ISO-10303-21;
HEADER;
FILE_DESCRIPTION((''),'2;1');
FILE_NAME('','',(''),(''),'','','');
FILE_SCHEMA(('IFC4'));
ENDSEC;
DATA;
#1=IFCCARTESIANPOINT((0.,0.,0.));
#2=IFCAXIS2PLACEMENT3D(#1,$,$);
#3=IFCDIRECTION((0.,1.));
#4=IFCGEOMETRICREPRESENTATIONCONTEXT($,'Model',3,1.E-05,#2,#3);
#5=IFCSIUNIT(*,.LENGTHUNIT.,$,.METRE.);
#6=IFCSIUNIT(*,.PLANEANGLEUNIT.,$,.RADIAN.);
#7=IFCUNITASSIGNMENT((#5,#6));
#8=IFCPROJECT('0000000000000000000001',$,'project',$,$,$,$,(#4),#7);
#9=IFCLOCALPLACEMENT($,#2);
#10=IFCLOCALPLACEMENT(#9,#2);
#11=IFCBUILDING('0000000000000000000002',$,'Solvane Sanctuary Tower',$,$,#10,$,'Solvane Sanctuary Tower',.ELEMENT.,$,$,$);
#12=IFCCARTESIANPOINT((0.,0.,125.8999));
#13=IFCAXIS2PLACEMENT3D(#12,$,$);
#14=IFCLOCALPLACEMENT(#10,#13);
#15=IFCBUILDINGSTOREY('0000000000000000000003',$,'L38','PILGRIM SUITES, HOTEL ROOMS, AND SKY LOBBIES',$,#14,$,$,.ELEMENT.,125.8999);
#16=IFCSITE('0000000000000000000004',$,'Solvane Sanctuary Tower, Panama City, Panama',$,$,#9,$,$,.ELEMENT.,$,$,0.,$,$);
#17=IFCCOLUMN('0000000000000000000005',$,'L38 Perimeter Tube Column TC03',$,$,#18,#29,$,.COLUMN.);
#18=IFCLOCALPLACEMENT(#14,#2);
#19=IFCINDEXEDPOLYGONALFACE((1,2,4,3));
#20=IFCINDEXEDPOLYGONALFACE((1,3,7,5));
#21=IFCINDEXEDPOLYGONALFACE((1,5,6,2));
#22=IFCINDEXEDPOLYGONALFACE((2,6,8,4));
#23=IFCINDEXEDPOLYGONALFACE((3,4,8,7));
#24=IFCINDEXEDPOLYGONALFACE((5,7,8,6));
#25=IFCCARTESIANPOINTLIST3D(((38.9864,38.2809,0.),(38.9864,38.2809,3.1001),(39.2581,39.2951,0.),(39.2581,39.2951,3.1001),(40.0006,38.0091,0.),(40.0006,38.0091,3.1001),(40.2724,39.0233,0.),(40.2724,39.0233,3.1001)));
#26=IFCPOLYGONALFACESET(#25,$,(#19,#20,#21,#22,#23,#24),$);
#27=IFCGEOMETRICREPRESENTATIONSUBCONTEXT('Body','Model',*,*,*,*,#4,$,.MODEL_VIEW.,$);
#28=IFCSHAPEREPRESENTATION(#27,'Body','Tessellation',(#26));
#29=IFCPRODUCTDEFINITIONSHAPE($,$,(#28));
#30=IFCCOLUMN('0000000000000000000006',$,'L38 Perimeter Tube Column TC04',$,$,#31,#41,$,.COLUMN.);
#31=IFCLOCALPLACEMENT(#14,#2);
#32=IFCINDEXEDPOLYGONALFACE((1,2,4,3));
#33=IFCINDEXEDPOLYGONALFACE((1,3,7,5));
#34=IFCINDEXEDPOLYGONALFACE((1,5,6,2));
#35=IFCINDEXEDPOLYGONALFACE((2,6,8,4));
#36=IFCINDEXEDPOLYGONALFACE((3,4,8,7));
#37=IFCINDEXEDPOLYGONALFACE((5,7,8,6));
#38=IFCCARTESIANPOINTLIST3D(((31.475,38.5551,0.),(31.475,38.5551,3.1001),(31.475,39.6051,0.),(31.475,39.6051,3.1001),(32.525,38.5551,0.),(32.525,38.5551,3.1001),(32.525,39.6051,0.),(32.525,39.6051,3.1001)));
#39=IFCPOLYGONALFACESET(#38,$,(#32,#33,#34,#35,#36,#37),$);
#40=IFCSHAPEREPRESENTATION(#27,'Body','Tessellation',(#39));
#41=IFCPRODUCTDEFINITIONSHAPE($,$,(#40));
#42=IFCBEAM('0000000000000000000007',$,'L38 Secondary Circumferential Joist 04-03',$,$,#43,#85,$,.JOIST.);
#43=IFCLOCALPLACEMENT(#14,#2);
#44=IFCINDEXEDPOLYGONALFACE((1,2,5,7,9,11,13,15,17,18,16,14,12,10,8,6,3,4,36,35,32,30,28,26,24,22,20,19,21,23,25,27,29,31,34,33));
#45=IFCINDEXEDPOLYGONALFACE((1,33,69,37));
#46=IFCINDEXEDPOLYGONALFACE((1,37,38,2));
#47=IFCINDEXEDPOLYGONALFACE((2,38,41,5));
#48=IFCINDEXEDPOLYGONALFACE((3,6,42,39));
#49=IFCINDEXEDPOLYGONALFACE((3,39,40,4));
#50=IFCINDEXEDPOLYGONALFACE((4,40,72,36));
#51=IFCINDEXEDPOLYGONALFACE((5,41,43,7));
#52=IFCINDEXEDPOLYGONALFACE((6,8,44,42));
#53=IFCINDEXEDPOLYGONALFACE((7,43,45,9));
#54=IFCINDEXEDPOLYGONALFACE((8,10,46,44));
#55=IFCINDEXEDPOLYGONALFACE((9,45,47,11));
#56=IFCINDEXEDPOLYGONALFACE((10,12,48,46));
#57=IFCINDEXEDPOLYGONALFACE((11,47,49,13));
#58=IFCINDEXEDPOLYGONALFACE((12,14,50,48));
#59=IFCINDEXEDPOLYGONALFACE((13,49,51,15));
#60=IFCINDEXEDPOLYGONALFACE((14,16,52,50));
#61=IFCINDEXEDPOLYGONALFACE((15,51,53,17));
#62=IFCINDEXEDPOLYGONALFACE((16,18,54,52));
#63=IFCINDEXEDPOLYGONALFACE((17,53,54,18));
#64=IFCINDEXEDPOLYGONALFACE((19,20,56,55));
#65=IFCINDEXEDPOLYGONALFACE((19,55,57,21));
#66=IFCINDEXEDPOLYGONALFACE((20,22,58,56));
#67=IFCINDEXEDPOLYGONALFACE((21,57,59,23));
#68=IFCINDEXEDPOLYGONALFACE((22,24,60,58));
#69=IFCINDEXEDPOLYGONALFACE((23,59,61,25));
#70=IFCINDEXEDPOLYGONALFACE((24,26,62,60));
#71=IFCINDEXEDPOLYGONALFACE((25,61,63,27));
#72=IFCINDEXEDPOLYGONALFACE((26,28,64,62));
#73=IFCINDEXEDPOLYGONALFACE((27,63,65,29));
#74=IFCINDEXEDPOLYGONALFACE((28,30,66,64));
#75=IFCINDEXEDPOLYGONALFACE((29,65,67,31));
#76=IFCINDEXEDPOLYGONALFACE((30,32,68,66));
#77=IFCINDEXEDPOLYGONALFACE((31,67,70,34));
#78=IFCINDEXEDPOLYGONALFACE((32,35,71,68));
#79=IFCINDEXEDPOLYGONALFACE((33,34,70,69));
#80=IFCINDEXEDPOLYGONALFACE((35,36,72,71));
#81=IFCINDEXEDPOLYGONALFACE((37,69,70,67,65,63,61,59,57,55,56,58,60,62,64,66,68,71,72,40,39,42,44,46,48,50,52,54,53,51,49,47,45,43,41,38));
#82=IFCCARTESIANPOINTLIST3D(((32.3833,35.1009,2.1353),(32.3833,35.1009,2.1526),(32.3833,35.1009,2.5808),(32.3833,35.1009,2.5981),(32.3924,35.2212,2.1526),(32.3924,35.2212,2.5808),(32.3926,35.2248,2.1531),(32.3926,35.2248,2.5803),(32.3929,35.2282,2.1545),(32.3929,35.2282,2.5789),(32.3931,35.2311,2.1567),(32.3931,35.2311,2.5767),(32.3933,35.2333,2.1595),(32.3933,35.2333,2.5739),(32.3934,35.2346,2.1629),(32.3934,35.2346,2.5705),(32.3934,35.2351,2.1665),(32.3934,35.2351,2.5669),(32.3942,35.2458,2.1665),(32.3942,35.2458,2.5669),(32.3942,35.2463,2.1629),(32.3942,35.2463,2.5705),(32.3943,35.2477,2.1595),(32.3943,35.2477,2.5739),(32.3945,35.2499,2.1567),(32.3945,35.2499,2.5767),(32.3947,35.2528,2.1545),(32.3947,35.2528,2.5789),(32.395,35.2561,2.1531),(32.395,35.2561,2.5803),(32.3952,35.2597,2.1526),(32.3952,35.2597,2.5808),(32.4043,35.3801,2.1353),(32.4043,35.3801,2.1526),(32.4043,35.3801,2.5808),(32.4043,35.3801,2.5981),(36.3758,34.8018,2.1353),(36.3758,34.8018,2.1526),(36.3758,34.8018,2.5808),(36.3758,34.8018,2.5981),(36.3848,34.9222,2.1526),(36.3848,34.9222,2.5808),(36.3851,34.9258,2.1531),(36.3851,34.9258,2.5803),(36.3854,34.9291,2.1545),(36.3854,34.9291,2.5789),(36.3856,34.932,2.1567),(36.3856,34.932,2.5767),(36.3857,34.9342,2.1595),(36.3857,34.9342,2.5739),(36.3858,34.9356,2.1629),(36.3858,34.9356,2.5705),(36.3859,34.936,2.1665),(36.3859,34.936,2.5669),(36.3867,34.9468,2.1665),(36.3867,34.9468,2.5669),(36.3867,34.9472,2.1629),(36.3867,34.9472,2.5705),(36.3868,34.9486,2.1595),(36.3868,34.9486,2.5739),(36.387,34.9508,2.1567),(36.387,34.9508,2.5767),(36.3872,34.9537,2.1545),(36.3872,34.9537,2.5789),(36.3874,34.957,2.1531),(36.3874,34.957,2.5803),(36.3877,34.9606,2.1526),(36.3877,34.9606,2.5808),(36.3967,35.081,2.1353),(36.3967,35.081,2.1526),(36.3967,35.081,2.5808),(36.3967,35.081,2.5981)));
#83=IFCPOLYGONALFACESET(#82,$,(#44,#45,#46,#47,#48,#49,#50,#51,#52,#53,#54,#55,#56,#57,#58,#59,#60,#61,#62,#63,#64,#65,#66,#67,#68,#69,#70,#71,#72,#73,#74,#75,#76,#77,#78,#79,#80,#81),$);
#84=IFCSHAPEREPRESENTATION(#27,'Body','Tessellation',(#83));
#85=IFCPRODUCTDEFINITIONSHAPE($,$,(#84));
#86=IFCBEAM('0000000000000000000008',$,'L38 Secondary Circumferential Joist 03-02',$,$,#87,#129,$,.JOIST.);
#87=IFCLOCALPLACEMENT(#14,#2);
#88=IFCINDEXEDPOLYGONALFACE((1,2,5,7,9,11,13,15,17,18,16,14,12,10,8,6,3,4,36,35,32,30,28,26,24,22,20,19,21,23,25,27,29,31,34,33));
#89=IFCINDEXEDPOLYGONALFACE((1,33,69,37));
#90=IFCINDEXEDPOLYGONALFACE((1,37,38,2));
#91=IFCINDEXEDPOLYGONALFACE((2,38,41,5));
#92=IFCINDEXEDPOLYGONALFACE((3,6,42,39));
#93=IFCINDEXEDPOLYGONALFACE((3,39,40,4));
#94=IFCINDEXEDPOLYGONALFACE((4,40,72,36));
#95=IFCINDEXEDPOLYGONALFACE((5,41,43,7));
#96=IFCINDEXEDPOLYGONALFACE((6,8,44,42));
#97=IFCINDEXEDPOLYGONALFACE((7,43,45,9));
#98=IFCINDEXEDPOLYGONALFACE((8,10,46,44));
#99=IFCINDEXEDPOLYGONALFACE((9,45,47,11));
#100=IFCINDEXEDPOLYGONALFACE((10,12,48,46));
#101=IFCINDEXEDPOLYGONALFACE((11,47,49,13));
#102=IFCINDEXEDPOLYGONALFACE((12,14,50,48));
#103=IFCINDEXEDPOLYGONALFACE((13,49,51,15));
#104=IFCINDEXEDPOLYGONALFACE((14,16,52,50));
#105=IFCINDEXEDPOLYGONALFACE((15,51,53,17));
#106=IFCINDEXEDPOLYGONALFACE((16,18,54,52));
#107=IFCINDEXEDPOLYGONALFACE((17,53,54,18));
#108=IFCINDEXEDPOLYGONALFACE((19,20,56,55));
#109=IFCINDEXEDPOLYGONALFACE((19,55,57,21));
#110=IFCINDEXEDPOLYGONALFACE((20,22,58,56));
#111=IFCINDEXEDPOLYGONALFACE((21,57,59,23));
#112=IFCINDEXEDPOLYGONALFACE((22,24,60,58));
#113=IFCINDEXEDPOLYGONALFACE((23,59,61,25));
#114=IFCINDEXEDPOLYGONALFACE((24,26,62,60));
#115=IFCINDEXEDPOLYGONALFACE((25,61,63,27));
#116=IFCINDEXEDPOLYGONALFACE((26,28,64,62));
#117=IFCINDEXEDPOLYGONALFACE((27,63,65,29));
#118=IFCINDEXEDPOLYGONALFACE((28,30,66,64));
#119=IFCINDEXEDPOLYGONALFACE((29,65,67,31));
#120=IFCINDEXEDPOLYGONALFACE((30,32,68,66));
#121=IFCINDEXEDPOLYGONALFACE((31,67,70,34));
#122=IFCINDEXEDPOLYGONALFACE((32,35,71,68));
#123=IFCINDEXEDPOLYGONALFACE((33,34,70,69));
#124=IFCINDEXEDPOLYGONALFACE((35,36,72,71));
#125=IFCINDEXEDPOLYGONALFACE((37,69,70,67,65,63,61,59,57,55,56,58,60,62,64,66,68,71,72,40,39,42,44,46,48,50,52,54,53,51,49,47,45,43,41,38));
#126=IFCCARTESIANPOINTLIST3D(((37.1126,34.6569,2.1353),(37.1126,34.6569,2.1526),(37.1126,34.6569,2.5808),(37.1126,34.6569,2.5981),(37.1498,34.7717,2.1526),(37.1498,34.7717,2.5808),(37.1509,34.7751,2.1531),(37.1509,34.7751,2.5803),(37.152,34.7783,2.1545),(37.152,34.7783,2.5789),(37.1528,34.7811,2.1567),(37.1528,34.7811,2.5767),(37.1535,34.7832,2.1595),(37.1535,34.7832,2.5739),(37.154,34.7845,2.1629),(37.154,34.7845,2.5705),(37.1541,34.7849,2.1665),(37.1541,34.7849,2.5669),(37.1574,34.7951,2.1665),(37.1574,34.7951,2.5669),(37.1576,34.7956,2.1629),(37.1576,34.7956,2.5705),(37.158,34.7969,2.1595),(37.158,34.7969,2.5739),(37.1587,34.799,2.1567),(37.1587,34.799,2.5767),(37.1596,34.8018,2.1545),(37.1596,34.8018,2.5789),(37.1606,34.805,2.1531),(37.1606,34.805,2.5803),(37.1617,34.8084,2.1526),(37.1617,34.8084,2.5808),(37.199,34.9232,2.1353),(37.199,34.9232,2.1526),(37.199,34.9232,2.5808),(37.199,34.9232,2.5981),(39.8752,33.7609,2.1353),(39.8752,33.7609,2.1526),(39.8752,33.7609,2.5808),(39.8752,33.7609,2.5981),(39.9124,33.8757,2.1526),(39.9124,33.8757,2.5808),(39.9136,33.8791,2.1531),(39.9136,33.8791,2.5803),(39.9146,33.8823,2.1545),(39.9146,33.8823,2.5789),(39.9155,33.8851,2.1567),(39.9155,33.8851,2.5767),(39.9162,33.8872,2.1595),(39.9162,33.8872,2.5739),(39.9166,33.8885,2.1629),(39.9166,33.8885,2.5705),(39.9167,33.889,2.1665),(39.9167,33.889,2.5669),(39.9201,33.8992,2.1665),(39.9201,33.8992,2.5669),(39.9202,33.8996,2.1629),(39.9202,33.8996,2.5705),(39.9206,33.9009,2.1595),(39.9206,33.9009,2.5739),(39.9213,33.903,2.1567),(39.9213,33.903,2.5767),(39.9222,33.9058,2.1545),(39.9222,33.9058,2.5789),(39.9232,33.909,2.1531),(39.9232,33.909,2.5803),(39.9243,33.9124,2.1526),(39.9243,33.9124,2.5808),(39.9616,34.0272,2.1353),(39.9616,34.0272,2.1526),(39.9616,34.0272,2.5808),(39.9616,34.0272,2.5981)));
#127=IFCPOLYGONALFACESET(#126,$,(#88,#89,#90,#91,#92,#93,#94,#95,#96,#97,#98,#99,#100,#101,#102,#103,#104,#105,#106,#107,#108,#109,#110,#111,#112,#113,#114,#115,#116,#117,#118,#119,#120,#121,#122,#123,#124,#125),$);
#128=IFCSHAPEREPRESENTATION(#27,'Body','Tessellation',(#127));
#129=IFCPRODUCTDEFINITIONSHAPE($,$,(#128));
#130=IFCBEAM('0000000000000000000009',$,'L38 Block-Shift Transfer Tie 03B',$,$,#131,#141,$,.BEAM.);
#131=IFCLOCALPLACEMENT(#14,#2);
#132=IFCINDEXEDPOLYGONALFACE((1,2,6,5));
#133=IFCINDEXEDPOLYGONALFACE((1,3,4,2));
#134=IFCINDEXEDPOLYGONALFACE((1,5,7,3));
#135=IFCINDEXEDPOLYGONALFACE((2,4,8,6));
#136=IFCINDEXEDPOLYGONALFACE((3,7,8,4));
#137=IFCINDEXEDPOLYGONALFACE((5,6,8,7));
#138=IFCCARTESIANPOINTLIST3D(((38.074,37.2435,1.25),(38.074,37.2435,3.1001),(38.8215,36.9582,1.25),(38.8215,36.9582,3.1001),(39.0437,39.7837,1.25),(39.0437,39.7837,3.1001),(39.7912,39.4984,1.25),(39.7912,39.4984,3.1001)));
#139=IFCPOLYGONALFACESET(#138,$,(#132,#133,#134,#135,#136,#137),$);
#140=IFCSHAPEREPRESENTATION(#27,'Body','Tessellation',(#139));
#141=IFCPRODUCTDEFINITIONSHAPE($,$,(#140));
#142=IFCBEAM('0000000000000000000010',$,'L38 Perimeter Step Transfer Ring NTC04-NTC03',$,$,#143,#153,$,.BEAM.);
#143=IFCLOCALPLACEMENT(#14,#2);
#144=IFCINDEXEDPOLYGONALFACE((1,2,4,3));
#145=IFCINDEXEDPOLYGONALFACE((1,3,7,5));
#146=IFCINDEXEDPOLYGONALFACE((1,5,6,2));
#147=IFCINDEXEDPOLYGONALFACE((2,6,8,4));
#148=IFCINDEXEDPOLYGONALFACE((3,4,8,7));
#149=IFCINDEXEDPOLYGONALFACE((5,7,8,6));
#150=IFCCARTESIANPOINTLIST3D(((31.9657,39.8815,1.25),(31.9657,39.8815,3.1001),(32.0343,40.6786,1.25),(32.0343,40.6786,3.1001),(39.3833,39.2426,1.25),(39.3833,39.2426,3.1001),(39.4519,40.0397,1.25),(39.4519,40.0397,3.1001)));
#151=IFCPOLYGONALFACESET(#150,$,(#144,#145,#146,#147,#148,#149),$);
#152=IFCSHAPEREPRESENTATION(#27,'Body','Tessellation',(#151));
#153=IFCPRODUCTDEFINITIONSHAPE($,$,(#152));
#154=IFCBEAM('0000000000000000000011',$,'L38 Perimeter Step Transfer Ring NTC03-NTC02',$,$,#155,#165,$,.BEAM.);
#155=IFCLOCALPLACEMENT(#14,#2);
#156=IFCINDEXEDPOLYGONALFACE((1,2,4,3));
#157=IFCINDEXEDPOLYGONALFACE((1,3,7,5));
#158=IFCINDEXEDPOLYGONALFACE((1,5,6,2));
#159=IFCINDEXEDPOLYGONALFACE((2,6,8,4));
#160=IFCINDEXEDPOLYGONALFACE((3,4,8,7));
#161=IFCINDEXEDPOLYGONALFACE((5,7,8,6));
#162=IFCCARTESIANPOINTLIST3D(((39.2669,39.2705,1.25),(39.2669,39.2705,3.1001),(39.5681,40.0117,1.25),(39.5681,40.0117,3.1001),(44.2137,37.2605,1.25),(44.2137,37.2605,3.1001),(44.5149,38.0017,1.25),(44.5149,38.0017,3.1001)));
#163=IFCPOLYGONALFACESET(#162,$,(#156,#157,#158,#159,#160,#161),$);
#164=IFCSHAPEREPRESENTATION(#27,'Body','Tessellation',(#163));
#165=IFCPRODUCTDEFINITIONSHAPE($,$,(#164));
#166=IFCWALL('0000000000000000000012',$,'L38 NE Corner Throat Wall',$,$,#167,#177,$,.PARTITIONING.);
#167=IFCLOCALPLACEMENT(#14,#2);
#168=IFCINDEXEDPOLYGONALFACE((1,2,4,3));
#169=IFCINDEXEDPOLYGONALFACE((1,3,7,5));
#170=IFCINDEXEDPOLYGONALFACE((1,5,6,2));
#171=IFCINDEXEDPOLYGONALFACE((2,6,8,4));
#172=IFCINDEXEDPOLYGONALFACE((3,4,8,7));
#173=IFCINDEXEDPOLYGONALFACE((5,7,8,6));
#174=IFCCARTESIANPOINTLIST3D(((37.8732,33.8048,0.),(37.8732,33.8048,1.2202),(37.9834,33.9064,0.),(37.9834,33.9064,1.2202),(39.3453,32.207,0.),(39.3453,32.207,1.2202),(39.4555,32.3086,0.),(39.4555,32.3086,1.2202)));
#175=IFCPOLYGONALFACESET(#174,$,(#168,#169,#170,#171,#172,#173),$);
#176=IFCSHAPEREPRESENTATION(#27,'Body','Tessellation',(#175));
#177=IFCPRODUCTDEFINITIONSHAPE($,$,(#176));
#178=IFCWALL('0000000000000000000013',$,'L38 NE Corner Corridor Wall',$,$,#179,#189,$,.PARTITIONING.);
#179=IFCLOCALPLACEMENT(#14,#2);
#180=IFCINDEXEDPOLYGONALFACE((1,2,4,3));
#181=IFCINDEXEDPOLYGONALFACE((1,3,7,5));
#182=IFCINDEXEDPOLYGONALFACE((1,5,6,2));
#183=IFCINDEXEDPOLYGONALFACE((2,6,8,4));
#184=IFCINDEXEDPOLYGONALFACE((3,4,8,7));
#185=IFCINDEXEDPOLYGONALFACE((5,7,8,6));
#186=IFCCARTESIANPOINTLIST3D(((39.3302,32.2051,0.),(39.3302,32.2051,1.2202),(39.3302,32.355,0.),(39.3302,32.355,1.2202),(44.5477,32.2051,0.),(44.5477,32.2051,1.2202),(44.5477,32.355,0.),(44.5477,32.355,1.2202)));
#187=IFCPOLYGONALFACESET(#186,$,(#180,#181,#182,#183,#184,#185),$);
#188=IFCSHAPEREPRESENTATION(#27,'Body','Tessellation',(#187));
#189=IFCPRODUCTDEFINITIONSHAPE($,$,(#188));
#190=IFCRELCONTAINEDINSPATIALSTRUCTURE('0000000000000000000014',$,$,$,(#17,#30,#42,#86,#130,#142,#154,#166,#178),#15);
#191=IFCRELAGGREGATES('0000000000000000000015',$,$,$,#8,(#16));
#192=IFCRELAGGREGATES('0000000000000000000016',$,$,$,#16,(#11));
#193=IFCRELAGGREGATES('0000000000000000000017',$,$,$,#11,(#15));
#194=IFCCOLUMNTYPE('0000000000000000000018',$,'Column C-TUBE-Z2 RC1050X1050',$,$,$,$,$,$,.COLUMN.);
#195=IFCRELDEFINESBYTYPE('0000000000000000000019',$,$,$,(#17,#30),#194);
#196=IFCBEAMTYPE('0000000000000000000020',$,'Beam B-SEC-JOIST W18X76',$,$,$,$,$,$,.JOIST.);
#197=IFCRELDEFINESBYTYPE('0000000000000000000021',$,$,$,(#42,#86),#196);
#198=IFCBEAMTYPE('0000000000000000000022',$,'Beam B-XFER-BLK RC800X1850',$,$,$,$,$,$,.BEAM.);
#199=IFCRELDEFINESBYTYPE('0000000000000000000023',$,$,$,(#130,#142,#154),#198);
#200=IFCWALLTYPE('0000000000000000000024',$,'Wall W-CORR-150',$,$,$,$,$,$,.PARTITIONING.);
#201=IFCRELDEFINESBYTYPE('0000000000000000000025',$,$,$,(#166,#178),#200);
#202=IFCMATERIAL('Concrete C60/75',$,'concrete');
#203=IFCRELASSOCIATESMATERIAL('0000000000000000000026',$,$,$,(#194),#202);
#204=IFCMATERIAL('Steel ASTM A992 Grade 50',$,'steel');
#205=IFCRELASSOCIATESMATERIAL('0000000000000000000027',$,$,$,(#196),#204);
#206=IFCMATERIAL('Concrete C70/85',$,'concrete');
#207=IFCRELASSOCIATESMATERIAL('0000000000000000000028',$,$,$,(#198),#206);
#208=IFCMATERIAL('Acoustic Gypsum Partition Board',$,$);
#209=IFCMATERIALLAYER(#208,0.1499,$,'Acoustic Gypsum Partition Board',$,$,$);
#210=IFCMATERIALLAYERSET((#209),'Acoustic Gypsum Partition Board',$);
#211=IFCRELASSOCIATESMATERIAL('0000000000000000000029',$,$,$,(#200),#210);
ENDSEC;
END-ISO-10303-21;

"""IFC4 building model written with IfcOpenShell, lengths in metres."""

from ifc_helpers import new_model, si_unit, direction, frame, frame_2d, origin, origin_2d, place, context, subcontext, project, spatial, rectangle, i_section, extrude, material, layer, layer_set, material_profile, profile_set, type_object, element, save


model = new_model("IFC4")

# Units and contexts
model_context = context("Model", 3, precision=1e-05, world=origin(), true_north=direction((0.0, 1.0)))
body_context = subcontext(model_context, "Body", "Model", "MODEL_VIEW")
ifc_project = project(units=[si_unit("LENGTHUNIT", "METRE"), si_unit("PLANEANGLEUNIT", "RADIAN")], contexts=[model_context])

# Site, building, storey
site_placement = place(None, origin())
site = spatial("IfcSite", under=ifc_project, at=site_placement, Name="Solvane Sanctuary Tower, Panama City, Panama", CompositionType="ELEMENT", RefElevation=0.0)
building_placement = place(site_placement, origin())
building = spatial("IfcBuilding", under=site, at=building_placement, Name="Solvane Sanctuary Tower", LongName="Solvane Sanctuary Tower", CompositionType="ELEMENT")
storey_placement = place(building_placement, frame((0.0, 0.0, 125.8999)))
storey = spatial("IfcBuildingStorey", under=building, at=storey_placement, Name="L38", Description="PILGRIM SUITES, HOTEL ROOMS, AND SKY LOBBIES", CompositionType="ELEMENT", Elevation=125.8999)

# Columns
ifc_material_1 = material(Name="Concrete C60/75", Category="concrete")
ifc_material_profile_1 = material_profile(ifc_material_1, rectangle(XDim=1.05, YDim=1.05, at=origin_2d()), Name="RC1050X1050")
ifc_profile_set_1 = profile_set([ifc_material_profile_1], Name="Concrete C60/75")
column_type = type_object("IfcColumnType", Name="Column C-TUBE-Z2 RC1050X1050", PredefinedType="COLUMN", material=ifc_profile_set_1)
for number, where, z_axis, x_axis, name in (
    (1, (39.6294, 38.6521, 0.0), (0.0, 0.0, 1.0), (0.258819, 0.965926, 0.0), "L38 Perimeter Tube Column TC03"),
    (2, (32.0, 39.0801, 0.0), (0.0, 0.0, 1.0), (0.0, 1.0, 0.0), "L38 Perimeter Tube Column TC04"),
):
    element("IfcColumn", number, at=place(storey_placement, frame(where, z_axis=z_axis, x_axis=x_axis)), inside=storey, type_object=column_type, Name=name, PredefinedType="COLUMN", context=body_context, shape_type="SweptSolid", body=[
        extrude(rectangle(XDim=1.05, YDim=1.05, at=origin_2d()), origin(), (0.0, 0.0, 1.0), 3.1001),
    ])

# Beams
ifc_material_2 = material(Name="Steel ASTM A992 Grade 50", Category="steel")
ifc_material_profile_2 = material_profile(ifc_material_2, i_section(OverallWidth=0.28, OverallDepth=0.4629, WebThickness=0.0107, FlangeThickness=0.0173, FilletRadius=0.0139, at=origin_2d()), Name="W18X76")
ifc_profile_set_2 = profile_set([ifc_material_profile_2], Name="Steel ASTM A992 Grade 50")
beam_type_1 = type_object("IfcBeamType", Name="Beam B-SEC-JOIST W18X76", PredefinedType="JOIST", material=ifc_profile_set_2)
beam_1_placement = place(storey_placement, frame((32.3938, 35.2405, 2.3667), z_axis=(0.997206, -0.074701, 0.0), x_axis=(0.074701, 0.997206, 0.0)))
element("IfcBeam", 3, at=beam_1_placement, inside=storey, type_object=beam_type_1, Name="L38 Secondary Circumferential Joist 04-03", PredefinedType="JOIST", context=body_context, shape_type="SweptSolid", body=[
    extrude(i_section(OverallWidth=0.28, OverallDepth=0.4629, WebThickness=0.0107, FlangeThickness=0.0173, FilletRadius=0.0139, at=origin_2d()), origin(), (0.0, 0.0, 1.0), 4.0037),
])
beam_2_placement = place(storey_placement, frame((37.1558, 34.79, 2.3667), z_axis=(0.951224, -0.308501, 0.0), x_axis=(0.308501, 0.951224, 0.0)))
element("IfcBeam", 4, at=beam_2_placement, inside=storey, type_object=beam_type_1, Name="L38 Secondary Circumferential Joist 03-02", PredefinedType="JOIST", context=body_context, shape_type="SweptSolid", body=[
    extrude(i_section(OverallWidth=0.28, OverallDepth=0.4629, WebThickness=0.0107, FlangeThickness=0.0173, FilletRadius=0.0139, at=origin_2d()), origin(), (0.0, 0.0, 1.0), 2.9043),
])
ifc_material_3 = material(Name="Concrete C70/85", Category="concrete")
ifc_material_profile_3 = material_profile(ifc_material_3, rectangle(XDim=0.8, YDim=1.8501, at=origin_2d()), Name="RC800X1850")
ifc_profile_set_3 = profile_set([ifc_material_profile_3], Name="Concrete C70/85")
beam_type_2 = type_object("IfcBeamType", Name="Beam B-XFER-BLK RC800X1850", PredefinedType="BEAM", material=ifc_profile_set_3)
beam_3_placement = place(storey_placement, frame((38.4478, 37.1008, 2.175), z_axis=(0.356637, 0.934243, 0.0), x_axis=(-0.934243, 0.356637, 0.0)))
element("IfcBeam", 5, at=beam_3_placement, inside=storey, type_object=beam_type_2, Name="L38 Block-Shift Transfer Tie 03B", PredefinedType="BEAM", context=body_context, shape_type="SweptSolid", body=[
    extrude(rectangle(XDim=0.8, YDim=1.8501, at=origin_2d()), origin(), (0.0, 0.0, 1.0), 2.719),
])
beam_4_placement = place(storey_placement, frame((32.0, 40.28, 2.175), z_axis=(0.996311, -0.085819, 0.0), x_axis=(0.085819, 0.996311, 0.0)))
element("IfcBeam", 6, at=beam_4_placement, inside=storey, type_object=beam_type_2, Name="L38 Perimeter Step Transfer Ring NTC04-NTC03", PredefinedType="BEAM", context=body_context, shape_type="SweptSolid", body=[
    extrude(rectangle(XDim=0.8, YDim=1.8501, at=origin_2d()), origin(), (0.0, 0.0, 1.0), 7.4451),
])
beam_5_placement = place(storey_placement, frame((39.4175, 39.6411, 2.175), z_axis=(0.926442, -0.376438, 0.0), x_axis=(0.376438, 0.926442, 0.0)))
element("IfcBeam", 7, at=beam_5_placement, inside=storey, type_object=beam_type_2, Name="L38 Perimeter Step Transfer Ring NTC03-NTC02", PredefinedType="BEAM", context=body_context, shape_type="SweptSolid", body=[
    extrude(rectangle(XDim=0.8, YDim=1.8501, at=origin_2d()), origin(), (0.0, 0.0, 1.0), 5.3396),
])

# Walls
ifc_material_4 = material(Name="Acoustic Gypsum Partition Board")
ifc_layer_1 = layer(ifc_material_4, 0.1499, Name="Acoustic Gypsum Partition Board")
ifc_layer_set_1 = layer_set([ifc_layer_1], Name="Acoustic Gypsum Partition Board")
wall_type_1 = type_object("IfcWallType", Name="Wall W-CORR-150", PredefinedType="PARTITIONING", material=ifc_layer_set_1)
wall_1_placement = place(storey_placement, frame((37.9282, 33.8557, 0.0), z_axis=(0.0, 0.0, 1.0), x_axis=(0.67758, -0.735449, 0.0)))
element("IfcWall", 8, at=wall_1_placement, inside=storey, type_object=wall_type_1, Name="L38 NE Corner Throat Wall", PredefinedType="PARTITIONING", context=body_context, shape_type="SweptSolid", body=[
    extrude(rectangle(XDim=2.1726, YDim=0.1499, at=frame_2d((1.0864, 0.0))), origin(), (0.0, 0.0, 1.0), 1.2202),
])
wall_2_placement = place(storey_placement, frame((39.3301, 32.28, 0.0), z_axis=(0.0, 0.0, 1.0), x_axis=(1.0, 0.0, 0.0)))
element("IfcWall", 9, at=wall_2_placement, inside=storey, type_object=wall_type_1, Name="L38 NE Corner Corridor Wall", PredefinedType="PARTITIONING", context=body_context, shape_type="SweptSolid", body=[
    extrude(rectangle(XDim=5.2175, YDim=0.1499, at=frame_2d((2.6089, 0.0))), origin(), (0.0, 0.0, 1.0), 1.2202),
])

save(model, "model.ifc")
